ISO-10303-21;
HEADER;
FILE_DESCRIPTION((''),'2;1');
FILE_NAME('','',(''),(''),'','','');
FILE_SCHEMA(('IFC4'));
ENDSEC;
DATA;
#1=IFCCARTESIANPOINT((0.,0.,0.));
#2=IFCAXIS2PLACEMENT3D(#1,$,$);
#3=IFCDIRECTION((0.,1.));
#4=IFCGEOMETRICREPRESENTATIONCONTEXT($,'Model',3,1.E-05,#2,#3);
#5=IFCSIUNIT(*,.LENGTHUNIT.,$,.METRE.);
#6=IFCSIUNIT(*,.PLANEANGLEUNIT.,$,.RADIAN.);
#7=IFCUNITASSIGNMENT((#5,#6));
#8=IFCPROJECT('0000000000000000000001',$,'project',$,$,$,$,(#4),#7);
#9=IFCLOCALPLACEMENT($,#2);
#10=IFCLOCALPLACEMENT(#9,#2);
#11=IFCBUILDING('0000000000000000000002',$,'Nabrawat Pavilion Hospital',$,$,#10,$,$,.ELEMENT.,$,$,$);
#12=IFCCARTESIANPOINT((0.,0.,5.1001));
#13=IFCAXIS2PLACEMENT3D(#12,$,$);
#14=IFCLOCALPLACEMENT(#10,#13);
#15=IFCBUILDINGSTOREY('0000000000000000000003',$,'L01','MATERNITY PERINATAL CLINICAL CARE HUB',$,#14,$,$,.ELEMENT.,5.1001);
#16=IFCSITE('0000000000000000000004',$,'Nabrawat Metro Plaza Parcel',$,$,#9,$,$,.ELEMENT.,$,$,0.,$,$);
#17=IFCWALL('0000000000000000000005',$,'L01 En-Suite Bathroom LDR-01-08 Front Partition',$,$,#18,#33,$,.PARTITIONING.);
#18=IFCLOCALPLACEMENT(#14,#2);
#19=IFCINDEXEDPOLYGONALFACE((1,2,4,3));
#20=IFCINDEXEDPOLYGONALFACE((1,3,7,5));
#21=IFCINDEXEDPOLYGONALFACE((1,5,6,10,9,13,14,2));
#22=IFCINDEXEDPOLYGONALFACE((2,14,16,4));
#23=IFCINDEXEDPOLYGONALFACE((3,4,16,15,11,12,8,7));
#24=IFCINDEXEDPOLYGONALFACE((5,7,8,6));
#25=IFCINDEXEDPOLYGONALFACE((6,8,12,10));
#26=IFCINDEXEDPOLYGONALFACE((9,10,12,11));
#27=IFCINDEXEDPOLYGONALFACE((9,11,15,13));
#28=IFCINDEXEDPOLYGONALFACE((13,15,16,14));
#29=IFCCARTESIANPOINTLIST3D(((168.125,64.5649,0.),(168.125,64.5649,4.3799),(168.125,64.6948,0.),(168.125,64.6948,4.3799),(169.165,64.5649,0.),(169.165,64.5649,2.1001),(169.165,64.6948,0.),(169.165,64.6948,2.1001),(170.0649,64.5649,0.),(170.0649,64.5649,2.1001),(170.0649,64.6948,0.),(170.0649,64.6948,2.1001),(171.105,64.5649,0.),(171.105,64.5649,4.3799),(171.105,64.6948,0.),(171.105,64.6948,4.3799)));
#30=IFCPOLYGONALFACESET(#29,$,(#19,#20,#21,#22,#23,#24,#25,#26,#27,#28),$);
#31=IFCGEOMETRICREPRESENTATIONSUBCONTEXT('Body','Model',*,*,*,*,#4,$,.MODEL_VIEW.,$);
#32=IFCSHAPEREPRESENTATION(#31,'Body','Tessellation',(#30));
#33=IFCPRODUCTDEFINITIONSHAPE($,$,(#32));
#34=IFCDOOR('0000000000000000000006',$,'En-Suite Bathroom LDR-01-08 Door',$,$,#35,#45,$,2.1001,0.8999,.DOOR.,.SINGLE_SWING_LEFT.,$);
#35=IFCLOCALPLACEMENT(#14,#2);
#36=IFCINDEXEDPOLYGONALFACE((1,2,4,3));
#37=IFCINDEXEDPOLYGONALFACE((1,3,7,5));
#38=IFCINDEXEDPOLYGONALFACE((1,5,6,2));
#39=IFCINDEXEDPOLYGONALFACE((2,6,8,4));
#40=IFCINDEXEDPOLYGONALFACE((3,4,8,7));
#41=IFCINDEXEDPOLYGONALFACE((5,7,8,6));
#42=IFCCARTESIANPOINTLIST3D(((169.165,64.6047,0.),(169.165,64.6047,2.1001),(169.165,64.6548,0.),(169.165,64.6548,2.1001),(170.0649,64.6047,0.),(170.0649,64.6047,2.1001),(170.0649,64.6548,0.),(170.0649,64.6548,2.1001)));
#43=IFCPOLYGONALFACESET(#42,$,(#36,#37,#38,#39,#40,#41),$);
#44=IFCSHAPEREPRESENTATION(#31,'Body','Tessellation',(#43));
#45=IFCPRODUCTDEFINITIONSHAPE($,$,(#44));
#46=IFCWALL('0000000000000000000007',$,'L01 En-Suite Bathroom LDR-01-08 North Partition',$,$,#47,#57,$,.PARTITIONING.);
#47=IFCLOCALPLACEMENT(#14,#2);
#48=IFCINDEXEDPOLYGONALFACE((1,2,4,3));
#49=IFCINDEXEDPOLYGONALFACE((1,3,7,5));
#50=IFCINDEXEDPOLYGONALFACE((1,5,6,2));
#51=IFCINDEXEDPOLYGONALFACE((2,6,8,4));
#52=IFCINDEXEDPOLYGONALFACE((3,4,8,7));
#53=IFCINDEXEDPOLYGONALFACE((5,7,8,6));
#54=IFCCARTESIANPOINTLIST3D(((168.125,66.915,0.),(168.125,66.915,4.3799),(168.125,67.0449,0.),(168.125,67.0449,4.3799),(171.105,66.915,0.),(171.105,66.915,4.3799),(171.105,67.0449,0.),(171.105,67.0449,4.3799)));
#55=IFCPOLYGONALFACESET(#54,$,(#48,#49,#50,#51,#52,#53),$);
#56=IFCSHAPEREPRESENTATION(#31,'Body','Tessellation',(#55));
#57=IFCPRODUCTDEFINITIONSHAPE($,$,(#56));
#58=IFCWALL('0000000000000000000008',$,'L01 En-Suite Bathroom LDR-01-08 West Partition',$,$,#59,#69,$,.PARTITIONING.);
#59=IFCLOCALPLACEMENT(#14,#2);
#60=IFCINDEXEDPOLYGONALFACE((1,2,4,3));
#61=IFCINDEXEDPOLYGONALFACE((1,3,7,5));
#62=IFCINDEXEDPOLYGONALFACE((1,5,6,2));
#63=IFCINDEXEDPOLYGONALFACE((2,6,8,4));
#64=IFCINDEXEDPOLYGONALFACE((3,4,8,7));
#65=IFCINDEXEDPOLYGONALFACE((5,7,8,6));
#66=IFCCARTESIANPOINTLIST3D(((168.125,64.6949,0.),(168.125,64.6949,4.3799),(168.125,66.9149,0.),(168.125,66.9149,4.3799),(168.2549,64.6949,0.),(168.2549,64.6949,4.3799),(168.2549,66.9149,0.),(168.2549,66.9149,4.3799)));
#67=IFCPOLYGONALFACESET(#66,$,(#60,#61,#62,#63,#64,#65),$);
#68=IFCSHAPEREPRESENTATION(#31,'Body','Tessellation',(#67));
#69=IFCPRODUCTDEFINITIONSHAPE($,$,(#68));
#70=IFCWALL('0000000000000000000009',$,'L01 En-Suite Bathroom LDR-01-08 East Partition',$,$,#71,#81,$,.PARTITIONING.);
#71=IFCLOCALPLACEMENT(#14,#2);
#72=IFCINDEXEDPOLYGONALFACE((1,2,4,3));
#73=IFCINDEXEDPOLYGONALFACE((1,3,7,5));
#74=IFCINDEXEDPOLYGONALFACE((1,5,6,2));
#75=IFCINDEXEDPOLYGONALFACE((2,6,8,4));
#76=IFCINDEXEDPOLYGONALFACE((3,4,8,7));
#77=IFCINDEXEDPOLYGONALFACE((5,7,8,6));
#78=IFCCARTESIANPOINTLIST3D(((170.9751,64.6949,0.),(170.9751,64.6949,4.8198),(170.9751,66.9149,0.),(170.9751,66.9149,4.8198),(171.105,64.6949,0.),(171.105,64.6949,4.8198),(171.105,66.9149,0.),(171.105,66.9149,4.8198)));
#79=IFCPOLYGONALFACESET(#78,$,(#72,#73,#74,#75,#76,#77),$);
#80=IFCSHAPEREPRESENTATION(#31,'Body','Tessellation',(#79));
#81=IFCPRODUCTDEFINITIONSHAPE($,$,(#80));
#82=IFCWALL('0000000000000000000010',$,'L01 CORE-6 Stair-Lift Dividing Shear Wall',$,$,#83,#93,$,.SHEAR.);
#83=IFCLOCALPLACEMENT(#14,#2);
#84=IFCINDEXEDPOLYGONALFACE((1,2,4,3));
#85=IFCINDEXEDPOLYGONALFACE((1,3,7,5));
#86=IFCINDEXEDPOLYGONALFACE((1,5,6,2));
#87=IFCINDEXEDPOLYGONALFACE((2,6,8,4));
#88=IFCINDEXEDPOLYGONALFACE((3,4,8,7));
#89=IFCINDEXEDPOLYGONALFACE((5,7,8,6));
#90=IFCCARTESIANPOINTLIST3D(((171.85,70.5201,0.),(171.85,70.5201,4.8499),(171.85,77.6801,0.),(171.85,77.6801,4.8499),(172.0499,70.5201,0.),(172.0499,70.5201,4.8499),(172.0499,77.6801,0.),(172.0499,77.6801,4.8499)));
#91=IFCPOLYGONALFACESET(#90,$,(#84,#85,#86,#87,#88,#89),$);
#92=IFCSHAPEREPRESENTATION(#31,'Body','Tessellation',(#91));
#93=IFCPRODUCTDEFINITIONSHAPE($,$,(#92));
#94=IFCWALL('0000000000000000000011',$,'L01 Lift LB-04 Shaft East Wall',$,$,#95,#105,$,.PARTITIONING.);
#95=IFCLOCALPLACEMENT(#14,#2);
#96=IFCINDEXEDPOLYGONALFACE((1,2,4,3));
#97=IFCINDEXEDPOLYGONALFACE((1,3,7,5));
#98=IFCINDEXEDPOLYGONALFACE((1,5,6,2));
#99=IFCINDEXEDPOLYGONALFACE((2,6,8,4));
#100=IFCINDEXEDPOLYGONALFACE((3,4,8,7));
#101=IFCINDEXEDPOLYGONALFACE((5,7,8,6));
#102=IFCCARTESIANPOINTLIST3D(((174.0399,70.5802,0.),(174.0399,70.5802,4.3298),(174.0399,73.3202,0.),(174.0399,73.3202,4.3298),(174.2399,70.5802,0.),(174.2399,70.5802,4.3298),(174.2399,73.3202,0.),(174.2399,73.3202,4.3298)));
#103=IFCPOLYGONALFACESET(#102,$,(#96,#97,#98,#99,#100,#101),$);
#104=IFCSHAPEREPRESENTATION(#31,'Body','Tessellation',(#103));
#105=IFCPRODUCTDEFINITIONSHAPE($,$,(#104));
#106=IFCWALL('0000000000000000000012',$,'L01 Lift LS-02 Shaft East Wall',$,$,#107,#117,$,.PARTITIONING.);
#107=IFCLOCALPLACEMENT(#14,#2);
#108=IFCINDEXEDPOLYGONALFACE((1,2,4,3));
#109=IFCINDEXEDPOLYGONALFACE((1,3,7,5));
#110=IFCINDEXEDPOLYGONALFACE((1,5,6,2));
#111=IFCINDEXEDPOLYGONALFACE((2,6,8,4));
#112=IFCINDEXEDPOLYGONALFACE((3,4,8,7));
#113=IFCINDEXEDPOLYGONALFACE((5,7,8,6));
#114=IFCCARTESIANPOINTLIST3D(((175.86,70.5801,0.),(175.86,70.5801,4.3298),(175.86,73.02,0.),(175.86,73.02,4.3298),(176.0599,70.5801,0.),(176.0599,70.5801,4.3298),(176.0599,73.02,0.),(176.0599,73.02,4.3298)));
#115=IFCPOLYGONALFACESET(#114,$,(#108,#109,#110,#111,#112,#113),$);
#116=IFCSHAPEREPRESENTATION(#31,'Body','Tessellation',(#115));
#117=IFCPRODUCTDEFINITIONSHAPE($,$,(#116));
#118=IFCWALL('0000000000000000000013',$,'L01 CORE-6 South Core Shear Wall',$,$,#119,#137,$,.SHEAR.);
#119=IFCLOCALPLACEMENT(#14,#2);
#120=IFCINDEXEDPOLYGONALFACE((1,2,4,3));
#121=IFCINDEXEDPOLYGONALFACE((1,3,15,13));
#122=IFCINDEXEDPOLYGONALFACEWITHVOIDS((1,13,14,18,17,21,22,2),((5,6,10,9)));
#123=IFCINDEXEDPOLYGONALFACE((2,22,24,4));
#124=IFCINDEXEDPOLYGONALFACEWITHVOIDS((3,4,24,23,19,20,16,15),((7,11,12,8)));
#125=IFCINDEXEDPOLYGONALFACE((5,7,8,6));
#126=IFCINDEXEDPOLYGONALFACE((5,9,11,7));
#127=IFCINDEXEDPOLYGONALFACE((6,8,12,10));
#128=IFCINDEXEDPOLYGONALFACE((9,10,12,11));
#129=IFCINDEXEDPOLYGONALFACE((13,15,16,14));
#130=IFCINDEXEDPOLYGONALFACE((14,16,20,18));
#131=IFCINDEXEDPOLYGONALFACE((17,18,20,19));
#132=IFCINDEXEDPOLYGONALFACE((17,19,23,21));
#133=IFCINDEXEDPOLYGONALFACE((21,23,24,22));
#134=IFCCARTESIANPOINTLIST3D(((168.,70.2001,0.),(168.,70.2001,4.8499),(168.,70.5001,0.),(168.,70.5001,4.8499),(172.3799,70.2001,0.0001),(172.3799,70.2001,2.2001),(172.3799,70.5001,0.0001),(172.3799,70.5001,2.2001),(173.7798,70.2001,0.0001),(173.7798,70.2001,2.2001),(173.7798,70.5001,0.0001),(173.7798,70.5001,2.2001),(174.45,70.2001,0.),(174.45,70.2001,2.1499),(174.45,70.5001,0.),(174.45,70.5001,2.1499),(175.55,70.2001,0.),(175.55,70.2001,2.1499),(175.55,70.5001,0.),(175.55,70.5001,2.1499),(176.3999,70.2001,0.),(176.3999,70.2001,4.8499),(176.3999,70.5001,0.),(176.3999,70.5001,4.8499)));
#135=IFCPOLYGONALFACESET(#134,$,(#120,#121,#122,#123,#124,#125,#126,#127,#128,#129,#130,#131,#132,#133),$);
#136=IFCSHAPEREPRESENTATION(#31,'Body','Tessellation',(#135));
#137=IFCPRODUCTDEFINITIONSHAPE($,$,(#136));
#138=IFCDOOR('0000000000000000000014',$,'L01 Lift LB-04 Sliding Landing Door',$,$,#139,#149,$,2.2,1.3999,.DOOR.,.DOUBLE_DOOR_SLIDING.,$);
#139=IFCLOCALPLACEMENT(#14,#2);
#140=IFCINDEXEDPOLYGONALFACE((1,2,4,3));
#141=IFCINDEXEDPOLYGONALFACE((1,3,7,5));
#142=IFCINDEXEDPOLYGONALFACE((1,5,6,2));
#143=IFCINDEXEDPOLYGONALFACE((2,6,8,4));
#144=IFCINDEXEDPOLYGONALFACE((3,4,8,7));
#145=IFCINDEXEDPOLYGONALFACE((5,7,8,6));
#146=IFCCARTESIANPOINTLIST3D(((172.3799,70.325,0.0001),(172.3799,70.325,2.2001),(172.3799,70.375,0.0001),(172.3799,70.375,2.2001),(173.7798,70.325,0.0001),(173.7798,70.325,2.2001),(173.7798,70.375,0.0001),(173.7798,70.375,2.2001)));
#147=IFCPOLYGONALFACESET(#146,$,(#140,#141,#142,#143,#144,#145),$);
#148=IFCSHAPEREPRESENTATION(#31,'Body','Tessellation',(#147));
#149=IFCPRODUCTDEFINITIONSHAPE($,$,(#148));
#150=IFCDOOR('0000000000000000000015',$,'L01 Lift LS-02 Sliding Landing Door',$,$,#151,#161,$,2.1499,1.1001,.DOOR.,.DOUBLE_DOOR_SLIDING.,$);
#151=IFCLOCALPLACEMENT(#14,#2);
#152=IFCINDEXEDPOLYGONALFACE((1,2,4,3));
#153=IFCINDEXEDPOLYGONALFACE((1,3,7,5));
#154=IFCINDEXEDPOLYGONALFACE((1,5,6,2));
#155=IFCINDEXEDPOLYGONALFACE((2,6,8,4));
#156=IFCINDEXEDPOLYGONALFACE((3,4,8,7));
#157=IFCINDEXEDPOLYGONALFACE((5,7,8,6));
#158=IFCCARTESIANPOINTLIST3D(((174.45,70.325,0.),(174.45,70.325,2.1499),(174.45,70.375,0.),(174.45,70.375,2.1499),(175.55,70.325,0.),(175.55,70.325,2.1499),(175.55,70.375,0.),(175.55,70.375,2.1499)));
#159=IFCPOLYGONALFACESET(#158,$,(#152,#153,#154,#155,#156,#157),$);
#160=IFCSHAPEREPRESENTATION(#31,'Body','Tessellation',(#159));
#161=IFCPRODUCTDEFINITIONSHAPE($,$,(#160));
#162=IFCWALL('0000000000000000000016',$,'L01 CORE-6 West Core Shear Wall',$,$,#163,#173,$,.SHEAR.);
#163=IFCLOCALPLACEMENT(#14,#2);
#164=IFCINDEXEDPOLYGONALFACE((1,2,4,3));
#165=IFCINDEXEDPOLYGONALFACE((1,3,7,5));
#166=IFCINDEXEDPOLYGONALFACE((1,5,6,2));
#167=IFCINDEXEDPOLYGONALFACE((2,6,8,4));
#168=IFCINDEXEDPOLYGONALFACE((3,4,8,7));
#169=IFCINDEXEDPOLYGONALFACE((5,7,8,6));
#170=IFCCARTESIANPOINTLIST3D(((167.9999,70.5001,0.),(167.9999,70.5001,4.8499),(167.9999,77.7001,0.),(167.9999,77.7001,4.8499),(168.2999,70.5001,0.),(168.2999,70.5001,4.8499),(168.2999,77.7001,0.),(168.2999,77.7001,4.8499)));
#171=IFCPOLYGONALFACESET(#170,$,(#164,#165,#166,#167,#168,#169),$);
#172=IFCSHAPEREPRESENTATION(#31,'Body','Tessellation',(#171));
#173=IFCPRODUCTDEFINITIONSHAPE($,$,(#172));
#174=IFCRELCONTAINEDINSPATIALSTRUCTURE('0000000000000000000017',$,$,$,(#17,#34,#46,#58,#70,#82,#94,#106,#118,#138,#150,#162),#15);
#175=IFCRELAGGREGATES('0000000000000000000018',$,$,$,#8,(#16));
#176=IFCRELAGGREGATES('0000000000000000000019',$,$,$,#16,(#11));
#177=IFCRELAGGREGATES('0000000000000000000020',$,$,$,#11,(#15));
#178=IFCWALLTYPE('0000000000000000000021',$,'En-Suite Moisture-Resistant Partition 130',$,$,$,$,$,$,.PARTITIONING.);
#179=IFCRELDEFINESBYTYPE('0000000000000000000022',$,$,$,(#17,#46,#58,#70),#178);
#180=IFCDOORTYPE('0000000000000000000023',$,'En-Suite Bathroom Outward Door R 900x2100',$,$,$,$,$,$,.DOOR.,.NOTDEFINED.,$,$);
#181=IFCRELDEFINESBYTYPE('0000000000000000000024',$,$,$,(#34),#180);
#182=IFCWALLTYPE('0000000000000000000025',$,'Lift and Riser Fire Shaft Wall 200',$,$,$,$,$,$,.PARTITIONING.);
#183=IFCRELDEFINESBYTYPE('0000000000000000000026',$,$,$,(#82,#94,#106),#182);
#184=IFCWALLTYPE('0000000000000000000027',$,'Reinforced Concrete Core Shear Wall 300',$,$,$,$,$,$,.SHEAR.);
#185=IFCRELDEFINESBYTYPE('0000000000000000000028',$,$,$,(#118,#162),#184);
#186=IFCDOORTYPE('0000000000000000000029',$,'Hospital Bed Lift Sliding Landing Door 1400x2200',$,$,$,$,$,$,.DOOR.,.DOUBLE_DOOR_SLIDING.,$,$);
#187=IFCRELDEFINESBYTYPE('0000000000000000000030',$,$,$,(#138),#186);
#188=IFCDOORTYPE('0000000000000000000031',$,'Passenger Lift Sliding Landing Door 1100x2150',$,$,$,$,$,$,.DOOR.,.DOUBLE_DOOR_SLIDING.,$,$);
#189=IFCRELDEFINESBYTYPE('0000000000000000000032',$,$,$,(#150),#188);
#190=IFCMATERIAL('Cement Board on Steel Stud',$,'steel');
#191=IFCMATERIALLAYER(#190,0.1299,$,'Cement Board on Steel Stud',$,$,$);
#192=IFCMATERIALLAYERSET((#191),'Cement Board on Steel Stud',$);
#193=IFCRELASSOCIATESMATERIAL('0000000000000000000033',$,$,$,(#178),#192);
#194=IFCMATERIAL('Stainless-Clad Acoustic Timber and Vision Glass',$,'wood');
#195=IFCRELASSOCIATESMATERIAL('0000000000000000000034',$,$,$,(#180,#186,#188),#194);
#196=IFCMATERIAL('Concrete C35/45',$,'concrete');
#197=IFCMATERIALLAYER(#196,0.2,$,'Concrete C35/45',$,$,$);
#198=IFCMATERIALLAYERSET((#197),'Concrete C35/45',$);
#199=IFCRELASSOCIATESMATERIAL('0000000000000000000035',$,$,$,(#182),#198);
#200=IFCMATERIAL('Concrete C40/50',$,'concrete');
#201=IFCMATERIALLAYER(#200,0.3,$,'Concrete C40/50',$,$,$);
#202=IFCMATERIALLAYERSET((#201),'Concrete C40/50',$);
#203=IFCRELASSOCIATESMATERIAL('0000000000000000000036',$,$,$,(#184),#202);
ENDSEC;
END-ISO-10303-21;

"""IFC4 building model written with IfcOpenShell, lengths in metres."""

from ifc_helpers import new_model, si_unit, direction, frame, frame_2d, origin, place, context, subcontext, project, spatial, rectangle, extrude, material, layer, layer_set, type_object, element, fill, save


model = new_model("IFC4")

# Units and contexts
model_context = context("Model", 3, precision=1e-05, world=origin(), true_north=direction((0.0, 1.0)))
body_context = subcontext(model_context, "Body", "Model", "MODEL_VIEW")
ifc_project = project(units=[si_unit("LENGTHUNIT", "METRE"), si_unit("PLANEANGLEUNIT", "RADIAN")], contexts=[model_context])

# Site, building, storey
site_placement = place(None, origin())
site = spatial("IfcSite", under=ifc_project, at=site_placement, Name="Nabrawat Metro Plaza Parcel", CompositionType="ELEMENT", RefElevation=0.0)
building_placement = place(site_placement, origin())
building = spatial("IfcBuilding", under=site, at=building_placement, Name="Nabrawat Pavilion Hospital", CompositionType="ELEMENT")
storey_placement = place(building_placement, frame((0.0, 0.0, 5.1001)))
storey = spatial("IfcBuildingStorey", under=building, at=storey_placement, Name="L01", Description="MATERNITY PERINATAL CLINICAL CARE HUB", CompositionType="ELEMENT", Elevation=5.1001)

# Wall, opening, door
ifc_material_1 = material(Name="Cement Board on Steel Stud", Category="steel")
ifc_layer_1 = layer(ifc_material_1, 0.1299, Name="Cement Board on Steel Stud")
ifc_layer_set_1 = layer_set([ifc_layer_1], Name="Cement Board on Steel Stud")
wall_type_1 = type_object("IfcWallType", Name="En-Suite Moisture-Resistant Partition 130", PredefinedType="PARTITIONING", material=ifc_layer_set_1)
wall_1_placement = place(storey_placement, frame((168.125, 64.6299, 0.0), z_axis=(0.0, 0.0, 1.0), x_axis=(1.0, 0.0, 0.0)))
wall_1 = element("IfcWall", 1, at=wall_1_placement, inside=storey, type_object=wall_type_1, Name="L01 En-Suite Bathroom LDR-01-08 Front Partition", PredefinedType="PARTITIONING", context=body_context, shape_type="SweptSolid", body=[
    extrude(rectangle(XDim=2.98, YDim=0.1299, at=frame_2d((1.49, 0.0))), origin(), (0.0, 0.0, 1.0), 4.3799),
])
opening_1_placement = place(wall_1_placement, frame((1.04, 0.0, 0.0)))
opening_1 = element("IfcOpeningElement", 2, at=opening_1_placement, cuts=wall_1, PredefinedType="OPENING", context=body_context, shape_type="SweptSolid", body=[
    extrude(rectangle(XDim=0.8999, YDim=2.1001, at=frame_2d((0.45, 1.05))), frame((0.0, 0.075, 0.0), z_axis=(0.0, -1.0, 0.0), x_axis=(1.0, 0.0, 0.0)), (0.0, 0.0, 1.0), 0.1499),
])
ifc_material_2 = material(Name="Stainless-Clad Acoustic Timber and Vision Glass", Category="wood")
door_type_1 = type_object("IfcDoorType", Name="En-Suite Bathroom Outward Door R 900x2100", OperationType="NOTDEFINED", PredefinedType="DOOR", material=ifc_material_2)
door_1_placement = place(opening_1_placement, origin())
door_1 = element("IfcDoor", 3, at=door_1_placement, inside=storey, type_object=door_type_1, Name="En-Suite Bathroom LDR-01-08 Door", OperationType="SINGLE_SWING_LEFT", OverallHeight=2.1001, OverallWidth=0.8999, PredefinedType="DOOR", context=body_context, shape_type="SweptSolid", body=[
    extrude(rectangle(XDim=0.8999, YDim=2.1001, at=frame_2d((0.45, 1.05))), frame((0.0, 0.0249, 0.0), z_axis=(0.0, -1.0, 0.0), x_axis=(1.0, 0.0, 0.0)), (0.0, 0.0, 1.0), 0.05),
])
fill(opening_1, door_1)

# Walls
wall_2_placement = place(storey_placement, frame((168.125, 66.98, 0.0), z_axis=(0.0, 0.0, 1.0), x_axis=(1.0, 0.0, 0.0)))
element("IfcWall", 4, at=wall_2_placement, inside=storey, type_object=wall_type_1, Name="L01 En-Suite Bathroom LDR-01-08 North Partition", PredefinedType="PARTITIONING", context=body_context, shape_type="SweptSolid", body=[
    extrude(rectangle(XDim=2.98, YDim=0.1299, at=frame_2d((1.49, 0.0))), origin(), (0.0, 0.0, 1.0), 4.3799),
])
wall_3_placement = place(storey_placement, frame((168.1899, 64.6951, 0.0), z_axis=(0.0, 0.0, 1.0), x_axis=(0.0, 1.0, 0.0)))
element("IfcWall", 5, at=wall_3_placement, inside=storey, type_object=wall_type_1, Name="L01 En-Suite Bathroom LDR-01-08 West Partition", PredefinedType="PARTITIONING", context=body_context, shape_type="SweptSolid", body=[
    extrude(rectangle(XDim=2.22, YDim=0.1299, at=frame_2d((1.1099, 0.0))), origin(), (0.0, 0.0, 1.0), 4.3799),
])
wall_4_placement = place(storey_placement, frame((171.04, 64.6951, 0.0), z_axis=(0.0, 0.0, 1.0), x_axis=(0.0, 1.0, 0.0)))
element("IfcWall", 6, at=wall_4_placement, inside=storey, type_object=wall_type_1, Name="L01 En-Suite Bathroom LDR-01-08 East Partition", PredefinedType="PARTITIONING", context=body_context, shape_type="SweptSolid", body=[
    extrude(rectangle(XDim=2.22, YDim=0.1299, at=frame_2d((1.1099, 0.0))), origin(), (0.0, 0.0, 1.0), 4.8198),
])
ifc_material_3 = material(Name="Concrete C35/45", Category="concrete")
ifc_layer_2 = layer(ifc_material_3, 0.2, Name="Concrete C35/45")
ifc_layer_set_2 = layer_set([ifc_layer_2], Name="Concrete C35/45")
wall_type_2 = type_object("IfcWallType", Name="Lift and Riser Fire Shaft Wall 200", PredefinedType="PARTITIONING", material=ifc_layer_set_2)
wall_5_placement = place(storey_placement, frame((171.95, 70.52, 0.0), z_axis=(0.0, 0.0, 1.0), x_axis=(0.0, 1.0, 0.0)))
element("IfcWall", 7, at=wall_5_placement, inside=storey, type_object=wall_type_2, Name="L01 CORE-6 Stair-Lift Dividing Shear Wall", PredefinedType="SHEAR", context=body_context, shape_type="SweptSolid", body=[
    extrude(rectangle(XDim=7.1599, YDim=0.2, at=frame_2d((3.5801, 0.0))), origin(), (0.0, 0.0, 1.0), 4.8499),
])
wall_6_placement = place(storey_placement, frame((174.1399, 70.5801, 0.0), z_axis=(0.0, 0.0, 1.0), x_axis=(0.0, 1.0, 0.0)))
element("IfcWall", 8, at=wall_6_placement, inside=storey, type_object=wall_type_2, Name="L01 Lift LB-04 Shaft East Wall", PredefinedType="PARTITIONING", context=body_context, shape_type="SweptSolid", body=[
    extrude(rectangle(XDim=2.74, YDim=0.2, at=frame_2d((1.3701, 0.0))), origin(), (0.0, 0.0, 1.0), 4.3298),
])
wall_7_placement = place(storey_placement, frame((175.96, 70.5801, 0.0), z_axis=(0.0, 0.0, 1.0), x_axis=(0.0, 1.0, 0.0)))
element("IfcWall", 9, at=wall_7_placement, inside=storey, type_object=wall_type_2, Name="L01 Lift LS-02 Shaft East Wall", PredefinedType="PARTITIONING", context=body_context, shape_type="SweptSolid", body=[
    extrude(rectangle(XDim=2.4399, YDim=0.2, at=frame_2d((1.22, 0.0))), origin(), (0.0, 0.0, 1.0), 4.3298),
])

# Wall, openings, doors
ifc_material_4 = material(Name="Concrete C40/50", Category="concrete")
ifc_layer_3 = layer(ifc_material_4, 0.3, Name="Concrete C40/50")
ifc_layer_set_3 = layer_set([ifc_layer_3], Name="Concrete C40/50")
wall_type_3 = type_object("IfcWallType", Name="Reinforced Concrete Core Shear Wall 300", PredefinedType="SHEAR", material=ifc_layer_set_3)
wall_8_placement = place(storey_placement, frame((168.0, 70.3501, 0.0), z_axis=(0.0, 0.0, 1.0), x_axis=(1.0, 0.0, 0.0)))
wall_8 = element("IfcWall", 10, at=wall_8_placement, inside=storey, type_object=wall_type_3, Name="L01 CORE-6 South Core Shear Wall", PredefinedType="SHEAR", context=body_context, shape_type="SweptSolid", body=[
    extrude(rectangle(XDim=8.3999, YDim=0.3, at=frame_2d((4.2, 0.0))), origin(), (0.0, 0.0, 1.0), 4.8499),
])
opening_2_placement = place(wall_8_placement, frame((4.3799, 0.0, 0.0)))
opening_2 = element("IfcOpeningElement", 11, at=opening_2_placement, cuts=wall_8, PredefinedType="OPENING", context=body_context, shape_type="SweptSolid", body=[
    extrude(rectangle(XDim=1.3999, YDim=2.2, at=frame_2d((0.7, 1.1001))), frame((0.0, 0.1602, 0.0), z_axis=(0.0, -1.0, 0.0), x_axis=(1.0, 0.0, 0.0)), (0.0, 0.0, 1.0), 0.3201),
])
opening_3_placement = place(wall_8_placement, frame((6.45, 0.0, 0.0)))
opening_3 = element("IfcOpeningElement", 12, at=opening_3_placement, cuts=wall_8, PredefinedType="OPENING", context=body_context, shape_type="SweptSolid", body=[
    extrude(rectangle(XDim=1.1001, YDim=2.1499, at=frame_2d((0.55, 1.075))), frame((0.0, 0.1602, 0.0), z_axis=(0.0, -1.0, 0.0), x_axis=(1.0, 0.0, 0.0)), (0.0, 0.0, 1.0), 0.3201),
])
door_type_2 = type_object("IfcDoorType", Name="Hospital Bed Lift Sliding Landing Door 1400x2200", OperationType="DOUBLE_DOOR_SLIDING", PredefinedType="DOOR", material=ifc_material_2)
door_2_placement = place(opening_2_placement, origin())
door_2 = element("IfcDoor", 13, at=door_2_placement, inside=storey, type_object=door_type_2, Name="L01 Lift LB-04 Sliding Landing Door", OperationType="DOUBLE_DOOR_SLIDING", OverallHeight=2.2, OverallWidth=1.3999, PredefinedType="DOOR", context=body_context, shape_type="SweptSolid", body=[
    extrude(rectangle(XDim=1.3999, YDim=2.2, at=frame_2d((0.7, 1.1001))), frame((0.0, 0.0249, 0.0), z_axis=(0.0, -1.0, 0.0), x_axis=(1.0, 0.0, 0.0)), (0.0, 0.0, 1.0), 0.05),
])
fill(opening_2, door_2)
door_type_3 = type_object("IfcDoorType", Name="Passenger Lift Sliding Landing Door 1100x2150", OperationType="DOUBLE_DOOR_SLIDING", PredefinedType="DOOR", material=ifc_material_2)
door_3_placement = place(opening_3_placement, origin())
door_3 = element("IfcDoor", 14, at=door_3_placement, inside=storey, type_object=door_type_3, Name="L01 Lift LS-02 Sliding Landing Door", OperationType="DOUBLE_DOOR_SLIDING", OverallHeight=2.1499, OverallWidth=1.1001, PredefinedType="DOOR", context=body_context, shape_type="SweptSolid", body=[
    extrude(rectangle(XDim=1.1001, YDim=2.1499, at=frame_2d((0.55, 1.075))), frame((0.0, 0.0249, 0.0), z_axis=(0.0, -1.0, 0.0), x_axis=(1.0, 0.0, 0.0)), (0.0, 0.0, 1.0), 0.05),
])
fill(opening_3, door_3)

# Wall
for number, where, z_axis, x_axis, name in (
    (15, (168.1499, 70.5, 0.0), (0.0, 0.0, 1.0), (0.0, 1.0, 0.0), "L01 CORE-6 West Core Shear Wall"),
):
    element("IfcWall", number, at=place(storey_placement, frame(where, z_axis=z_axis, x_axis=x_axis)), inside=storey, type_object=wall_type_3, Name=name, PredefinedType="SHEAR", context=body_context, shape_type="SweptSolid", body=[
        extrude(rectangle(XDim=7.2, YDim=0.3, at=frame_2d((3.6001, 0.0))), origin(), (0.0, 0.0, 1.0), 4.8499),
    ])

save(model, "model.ifc")
